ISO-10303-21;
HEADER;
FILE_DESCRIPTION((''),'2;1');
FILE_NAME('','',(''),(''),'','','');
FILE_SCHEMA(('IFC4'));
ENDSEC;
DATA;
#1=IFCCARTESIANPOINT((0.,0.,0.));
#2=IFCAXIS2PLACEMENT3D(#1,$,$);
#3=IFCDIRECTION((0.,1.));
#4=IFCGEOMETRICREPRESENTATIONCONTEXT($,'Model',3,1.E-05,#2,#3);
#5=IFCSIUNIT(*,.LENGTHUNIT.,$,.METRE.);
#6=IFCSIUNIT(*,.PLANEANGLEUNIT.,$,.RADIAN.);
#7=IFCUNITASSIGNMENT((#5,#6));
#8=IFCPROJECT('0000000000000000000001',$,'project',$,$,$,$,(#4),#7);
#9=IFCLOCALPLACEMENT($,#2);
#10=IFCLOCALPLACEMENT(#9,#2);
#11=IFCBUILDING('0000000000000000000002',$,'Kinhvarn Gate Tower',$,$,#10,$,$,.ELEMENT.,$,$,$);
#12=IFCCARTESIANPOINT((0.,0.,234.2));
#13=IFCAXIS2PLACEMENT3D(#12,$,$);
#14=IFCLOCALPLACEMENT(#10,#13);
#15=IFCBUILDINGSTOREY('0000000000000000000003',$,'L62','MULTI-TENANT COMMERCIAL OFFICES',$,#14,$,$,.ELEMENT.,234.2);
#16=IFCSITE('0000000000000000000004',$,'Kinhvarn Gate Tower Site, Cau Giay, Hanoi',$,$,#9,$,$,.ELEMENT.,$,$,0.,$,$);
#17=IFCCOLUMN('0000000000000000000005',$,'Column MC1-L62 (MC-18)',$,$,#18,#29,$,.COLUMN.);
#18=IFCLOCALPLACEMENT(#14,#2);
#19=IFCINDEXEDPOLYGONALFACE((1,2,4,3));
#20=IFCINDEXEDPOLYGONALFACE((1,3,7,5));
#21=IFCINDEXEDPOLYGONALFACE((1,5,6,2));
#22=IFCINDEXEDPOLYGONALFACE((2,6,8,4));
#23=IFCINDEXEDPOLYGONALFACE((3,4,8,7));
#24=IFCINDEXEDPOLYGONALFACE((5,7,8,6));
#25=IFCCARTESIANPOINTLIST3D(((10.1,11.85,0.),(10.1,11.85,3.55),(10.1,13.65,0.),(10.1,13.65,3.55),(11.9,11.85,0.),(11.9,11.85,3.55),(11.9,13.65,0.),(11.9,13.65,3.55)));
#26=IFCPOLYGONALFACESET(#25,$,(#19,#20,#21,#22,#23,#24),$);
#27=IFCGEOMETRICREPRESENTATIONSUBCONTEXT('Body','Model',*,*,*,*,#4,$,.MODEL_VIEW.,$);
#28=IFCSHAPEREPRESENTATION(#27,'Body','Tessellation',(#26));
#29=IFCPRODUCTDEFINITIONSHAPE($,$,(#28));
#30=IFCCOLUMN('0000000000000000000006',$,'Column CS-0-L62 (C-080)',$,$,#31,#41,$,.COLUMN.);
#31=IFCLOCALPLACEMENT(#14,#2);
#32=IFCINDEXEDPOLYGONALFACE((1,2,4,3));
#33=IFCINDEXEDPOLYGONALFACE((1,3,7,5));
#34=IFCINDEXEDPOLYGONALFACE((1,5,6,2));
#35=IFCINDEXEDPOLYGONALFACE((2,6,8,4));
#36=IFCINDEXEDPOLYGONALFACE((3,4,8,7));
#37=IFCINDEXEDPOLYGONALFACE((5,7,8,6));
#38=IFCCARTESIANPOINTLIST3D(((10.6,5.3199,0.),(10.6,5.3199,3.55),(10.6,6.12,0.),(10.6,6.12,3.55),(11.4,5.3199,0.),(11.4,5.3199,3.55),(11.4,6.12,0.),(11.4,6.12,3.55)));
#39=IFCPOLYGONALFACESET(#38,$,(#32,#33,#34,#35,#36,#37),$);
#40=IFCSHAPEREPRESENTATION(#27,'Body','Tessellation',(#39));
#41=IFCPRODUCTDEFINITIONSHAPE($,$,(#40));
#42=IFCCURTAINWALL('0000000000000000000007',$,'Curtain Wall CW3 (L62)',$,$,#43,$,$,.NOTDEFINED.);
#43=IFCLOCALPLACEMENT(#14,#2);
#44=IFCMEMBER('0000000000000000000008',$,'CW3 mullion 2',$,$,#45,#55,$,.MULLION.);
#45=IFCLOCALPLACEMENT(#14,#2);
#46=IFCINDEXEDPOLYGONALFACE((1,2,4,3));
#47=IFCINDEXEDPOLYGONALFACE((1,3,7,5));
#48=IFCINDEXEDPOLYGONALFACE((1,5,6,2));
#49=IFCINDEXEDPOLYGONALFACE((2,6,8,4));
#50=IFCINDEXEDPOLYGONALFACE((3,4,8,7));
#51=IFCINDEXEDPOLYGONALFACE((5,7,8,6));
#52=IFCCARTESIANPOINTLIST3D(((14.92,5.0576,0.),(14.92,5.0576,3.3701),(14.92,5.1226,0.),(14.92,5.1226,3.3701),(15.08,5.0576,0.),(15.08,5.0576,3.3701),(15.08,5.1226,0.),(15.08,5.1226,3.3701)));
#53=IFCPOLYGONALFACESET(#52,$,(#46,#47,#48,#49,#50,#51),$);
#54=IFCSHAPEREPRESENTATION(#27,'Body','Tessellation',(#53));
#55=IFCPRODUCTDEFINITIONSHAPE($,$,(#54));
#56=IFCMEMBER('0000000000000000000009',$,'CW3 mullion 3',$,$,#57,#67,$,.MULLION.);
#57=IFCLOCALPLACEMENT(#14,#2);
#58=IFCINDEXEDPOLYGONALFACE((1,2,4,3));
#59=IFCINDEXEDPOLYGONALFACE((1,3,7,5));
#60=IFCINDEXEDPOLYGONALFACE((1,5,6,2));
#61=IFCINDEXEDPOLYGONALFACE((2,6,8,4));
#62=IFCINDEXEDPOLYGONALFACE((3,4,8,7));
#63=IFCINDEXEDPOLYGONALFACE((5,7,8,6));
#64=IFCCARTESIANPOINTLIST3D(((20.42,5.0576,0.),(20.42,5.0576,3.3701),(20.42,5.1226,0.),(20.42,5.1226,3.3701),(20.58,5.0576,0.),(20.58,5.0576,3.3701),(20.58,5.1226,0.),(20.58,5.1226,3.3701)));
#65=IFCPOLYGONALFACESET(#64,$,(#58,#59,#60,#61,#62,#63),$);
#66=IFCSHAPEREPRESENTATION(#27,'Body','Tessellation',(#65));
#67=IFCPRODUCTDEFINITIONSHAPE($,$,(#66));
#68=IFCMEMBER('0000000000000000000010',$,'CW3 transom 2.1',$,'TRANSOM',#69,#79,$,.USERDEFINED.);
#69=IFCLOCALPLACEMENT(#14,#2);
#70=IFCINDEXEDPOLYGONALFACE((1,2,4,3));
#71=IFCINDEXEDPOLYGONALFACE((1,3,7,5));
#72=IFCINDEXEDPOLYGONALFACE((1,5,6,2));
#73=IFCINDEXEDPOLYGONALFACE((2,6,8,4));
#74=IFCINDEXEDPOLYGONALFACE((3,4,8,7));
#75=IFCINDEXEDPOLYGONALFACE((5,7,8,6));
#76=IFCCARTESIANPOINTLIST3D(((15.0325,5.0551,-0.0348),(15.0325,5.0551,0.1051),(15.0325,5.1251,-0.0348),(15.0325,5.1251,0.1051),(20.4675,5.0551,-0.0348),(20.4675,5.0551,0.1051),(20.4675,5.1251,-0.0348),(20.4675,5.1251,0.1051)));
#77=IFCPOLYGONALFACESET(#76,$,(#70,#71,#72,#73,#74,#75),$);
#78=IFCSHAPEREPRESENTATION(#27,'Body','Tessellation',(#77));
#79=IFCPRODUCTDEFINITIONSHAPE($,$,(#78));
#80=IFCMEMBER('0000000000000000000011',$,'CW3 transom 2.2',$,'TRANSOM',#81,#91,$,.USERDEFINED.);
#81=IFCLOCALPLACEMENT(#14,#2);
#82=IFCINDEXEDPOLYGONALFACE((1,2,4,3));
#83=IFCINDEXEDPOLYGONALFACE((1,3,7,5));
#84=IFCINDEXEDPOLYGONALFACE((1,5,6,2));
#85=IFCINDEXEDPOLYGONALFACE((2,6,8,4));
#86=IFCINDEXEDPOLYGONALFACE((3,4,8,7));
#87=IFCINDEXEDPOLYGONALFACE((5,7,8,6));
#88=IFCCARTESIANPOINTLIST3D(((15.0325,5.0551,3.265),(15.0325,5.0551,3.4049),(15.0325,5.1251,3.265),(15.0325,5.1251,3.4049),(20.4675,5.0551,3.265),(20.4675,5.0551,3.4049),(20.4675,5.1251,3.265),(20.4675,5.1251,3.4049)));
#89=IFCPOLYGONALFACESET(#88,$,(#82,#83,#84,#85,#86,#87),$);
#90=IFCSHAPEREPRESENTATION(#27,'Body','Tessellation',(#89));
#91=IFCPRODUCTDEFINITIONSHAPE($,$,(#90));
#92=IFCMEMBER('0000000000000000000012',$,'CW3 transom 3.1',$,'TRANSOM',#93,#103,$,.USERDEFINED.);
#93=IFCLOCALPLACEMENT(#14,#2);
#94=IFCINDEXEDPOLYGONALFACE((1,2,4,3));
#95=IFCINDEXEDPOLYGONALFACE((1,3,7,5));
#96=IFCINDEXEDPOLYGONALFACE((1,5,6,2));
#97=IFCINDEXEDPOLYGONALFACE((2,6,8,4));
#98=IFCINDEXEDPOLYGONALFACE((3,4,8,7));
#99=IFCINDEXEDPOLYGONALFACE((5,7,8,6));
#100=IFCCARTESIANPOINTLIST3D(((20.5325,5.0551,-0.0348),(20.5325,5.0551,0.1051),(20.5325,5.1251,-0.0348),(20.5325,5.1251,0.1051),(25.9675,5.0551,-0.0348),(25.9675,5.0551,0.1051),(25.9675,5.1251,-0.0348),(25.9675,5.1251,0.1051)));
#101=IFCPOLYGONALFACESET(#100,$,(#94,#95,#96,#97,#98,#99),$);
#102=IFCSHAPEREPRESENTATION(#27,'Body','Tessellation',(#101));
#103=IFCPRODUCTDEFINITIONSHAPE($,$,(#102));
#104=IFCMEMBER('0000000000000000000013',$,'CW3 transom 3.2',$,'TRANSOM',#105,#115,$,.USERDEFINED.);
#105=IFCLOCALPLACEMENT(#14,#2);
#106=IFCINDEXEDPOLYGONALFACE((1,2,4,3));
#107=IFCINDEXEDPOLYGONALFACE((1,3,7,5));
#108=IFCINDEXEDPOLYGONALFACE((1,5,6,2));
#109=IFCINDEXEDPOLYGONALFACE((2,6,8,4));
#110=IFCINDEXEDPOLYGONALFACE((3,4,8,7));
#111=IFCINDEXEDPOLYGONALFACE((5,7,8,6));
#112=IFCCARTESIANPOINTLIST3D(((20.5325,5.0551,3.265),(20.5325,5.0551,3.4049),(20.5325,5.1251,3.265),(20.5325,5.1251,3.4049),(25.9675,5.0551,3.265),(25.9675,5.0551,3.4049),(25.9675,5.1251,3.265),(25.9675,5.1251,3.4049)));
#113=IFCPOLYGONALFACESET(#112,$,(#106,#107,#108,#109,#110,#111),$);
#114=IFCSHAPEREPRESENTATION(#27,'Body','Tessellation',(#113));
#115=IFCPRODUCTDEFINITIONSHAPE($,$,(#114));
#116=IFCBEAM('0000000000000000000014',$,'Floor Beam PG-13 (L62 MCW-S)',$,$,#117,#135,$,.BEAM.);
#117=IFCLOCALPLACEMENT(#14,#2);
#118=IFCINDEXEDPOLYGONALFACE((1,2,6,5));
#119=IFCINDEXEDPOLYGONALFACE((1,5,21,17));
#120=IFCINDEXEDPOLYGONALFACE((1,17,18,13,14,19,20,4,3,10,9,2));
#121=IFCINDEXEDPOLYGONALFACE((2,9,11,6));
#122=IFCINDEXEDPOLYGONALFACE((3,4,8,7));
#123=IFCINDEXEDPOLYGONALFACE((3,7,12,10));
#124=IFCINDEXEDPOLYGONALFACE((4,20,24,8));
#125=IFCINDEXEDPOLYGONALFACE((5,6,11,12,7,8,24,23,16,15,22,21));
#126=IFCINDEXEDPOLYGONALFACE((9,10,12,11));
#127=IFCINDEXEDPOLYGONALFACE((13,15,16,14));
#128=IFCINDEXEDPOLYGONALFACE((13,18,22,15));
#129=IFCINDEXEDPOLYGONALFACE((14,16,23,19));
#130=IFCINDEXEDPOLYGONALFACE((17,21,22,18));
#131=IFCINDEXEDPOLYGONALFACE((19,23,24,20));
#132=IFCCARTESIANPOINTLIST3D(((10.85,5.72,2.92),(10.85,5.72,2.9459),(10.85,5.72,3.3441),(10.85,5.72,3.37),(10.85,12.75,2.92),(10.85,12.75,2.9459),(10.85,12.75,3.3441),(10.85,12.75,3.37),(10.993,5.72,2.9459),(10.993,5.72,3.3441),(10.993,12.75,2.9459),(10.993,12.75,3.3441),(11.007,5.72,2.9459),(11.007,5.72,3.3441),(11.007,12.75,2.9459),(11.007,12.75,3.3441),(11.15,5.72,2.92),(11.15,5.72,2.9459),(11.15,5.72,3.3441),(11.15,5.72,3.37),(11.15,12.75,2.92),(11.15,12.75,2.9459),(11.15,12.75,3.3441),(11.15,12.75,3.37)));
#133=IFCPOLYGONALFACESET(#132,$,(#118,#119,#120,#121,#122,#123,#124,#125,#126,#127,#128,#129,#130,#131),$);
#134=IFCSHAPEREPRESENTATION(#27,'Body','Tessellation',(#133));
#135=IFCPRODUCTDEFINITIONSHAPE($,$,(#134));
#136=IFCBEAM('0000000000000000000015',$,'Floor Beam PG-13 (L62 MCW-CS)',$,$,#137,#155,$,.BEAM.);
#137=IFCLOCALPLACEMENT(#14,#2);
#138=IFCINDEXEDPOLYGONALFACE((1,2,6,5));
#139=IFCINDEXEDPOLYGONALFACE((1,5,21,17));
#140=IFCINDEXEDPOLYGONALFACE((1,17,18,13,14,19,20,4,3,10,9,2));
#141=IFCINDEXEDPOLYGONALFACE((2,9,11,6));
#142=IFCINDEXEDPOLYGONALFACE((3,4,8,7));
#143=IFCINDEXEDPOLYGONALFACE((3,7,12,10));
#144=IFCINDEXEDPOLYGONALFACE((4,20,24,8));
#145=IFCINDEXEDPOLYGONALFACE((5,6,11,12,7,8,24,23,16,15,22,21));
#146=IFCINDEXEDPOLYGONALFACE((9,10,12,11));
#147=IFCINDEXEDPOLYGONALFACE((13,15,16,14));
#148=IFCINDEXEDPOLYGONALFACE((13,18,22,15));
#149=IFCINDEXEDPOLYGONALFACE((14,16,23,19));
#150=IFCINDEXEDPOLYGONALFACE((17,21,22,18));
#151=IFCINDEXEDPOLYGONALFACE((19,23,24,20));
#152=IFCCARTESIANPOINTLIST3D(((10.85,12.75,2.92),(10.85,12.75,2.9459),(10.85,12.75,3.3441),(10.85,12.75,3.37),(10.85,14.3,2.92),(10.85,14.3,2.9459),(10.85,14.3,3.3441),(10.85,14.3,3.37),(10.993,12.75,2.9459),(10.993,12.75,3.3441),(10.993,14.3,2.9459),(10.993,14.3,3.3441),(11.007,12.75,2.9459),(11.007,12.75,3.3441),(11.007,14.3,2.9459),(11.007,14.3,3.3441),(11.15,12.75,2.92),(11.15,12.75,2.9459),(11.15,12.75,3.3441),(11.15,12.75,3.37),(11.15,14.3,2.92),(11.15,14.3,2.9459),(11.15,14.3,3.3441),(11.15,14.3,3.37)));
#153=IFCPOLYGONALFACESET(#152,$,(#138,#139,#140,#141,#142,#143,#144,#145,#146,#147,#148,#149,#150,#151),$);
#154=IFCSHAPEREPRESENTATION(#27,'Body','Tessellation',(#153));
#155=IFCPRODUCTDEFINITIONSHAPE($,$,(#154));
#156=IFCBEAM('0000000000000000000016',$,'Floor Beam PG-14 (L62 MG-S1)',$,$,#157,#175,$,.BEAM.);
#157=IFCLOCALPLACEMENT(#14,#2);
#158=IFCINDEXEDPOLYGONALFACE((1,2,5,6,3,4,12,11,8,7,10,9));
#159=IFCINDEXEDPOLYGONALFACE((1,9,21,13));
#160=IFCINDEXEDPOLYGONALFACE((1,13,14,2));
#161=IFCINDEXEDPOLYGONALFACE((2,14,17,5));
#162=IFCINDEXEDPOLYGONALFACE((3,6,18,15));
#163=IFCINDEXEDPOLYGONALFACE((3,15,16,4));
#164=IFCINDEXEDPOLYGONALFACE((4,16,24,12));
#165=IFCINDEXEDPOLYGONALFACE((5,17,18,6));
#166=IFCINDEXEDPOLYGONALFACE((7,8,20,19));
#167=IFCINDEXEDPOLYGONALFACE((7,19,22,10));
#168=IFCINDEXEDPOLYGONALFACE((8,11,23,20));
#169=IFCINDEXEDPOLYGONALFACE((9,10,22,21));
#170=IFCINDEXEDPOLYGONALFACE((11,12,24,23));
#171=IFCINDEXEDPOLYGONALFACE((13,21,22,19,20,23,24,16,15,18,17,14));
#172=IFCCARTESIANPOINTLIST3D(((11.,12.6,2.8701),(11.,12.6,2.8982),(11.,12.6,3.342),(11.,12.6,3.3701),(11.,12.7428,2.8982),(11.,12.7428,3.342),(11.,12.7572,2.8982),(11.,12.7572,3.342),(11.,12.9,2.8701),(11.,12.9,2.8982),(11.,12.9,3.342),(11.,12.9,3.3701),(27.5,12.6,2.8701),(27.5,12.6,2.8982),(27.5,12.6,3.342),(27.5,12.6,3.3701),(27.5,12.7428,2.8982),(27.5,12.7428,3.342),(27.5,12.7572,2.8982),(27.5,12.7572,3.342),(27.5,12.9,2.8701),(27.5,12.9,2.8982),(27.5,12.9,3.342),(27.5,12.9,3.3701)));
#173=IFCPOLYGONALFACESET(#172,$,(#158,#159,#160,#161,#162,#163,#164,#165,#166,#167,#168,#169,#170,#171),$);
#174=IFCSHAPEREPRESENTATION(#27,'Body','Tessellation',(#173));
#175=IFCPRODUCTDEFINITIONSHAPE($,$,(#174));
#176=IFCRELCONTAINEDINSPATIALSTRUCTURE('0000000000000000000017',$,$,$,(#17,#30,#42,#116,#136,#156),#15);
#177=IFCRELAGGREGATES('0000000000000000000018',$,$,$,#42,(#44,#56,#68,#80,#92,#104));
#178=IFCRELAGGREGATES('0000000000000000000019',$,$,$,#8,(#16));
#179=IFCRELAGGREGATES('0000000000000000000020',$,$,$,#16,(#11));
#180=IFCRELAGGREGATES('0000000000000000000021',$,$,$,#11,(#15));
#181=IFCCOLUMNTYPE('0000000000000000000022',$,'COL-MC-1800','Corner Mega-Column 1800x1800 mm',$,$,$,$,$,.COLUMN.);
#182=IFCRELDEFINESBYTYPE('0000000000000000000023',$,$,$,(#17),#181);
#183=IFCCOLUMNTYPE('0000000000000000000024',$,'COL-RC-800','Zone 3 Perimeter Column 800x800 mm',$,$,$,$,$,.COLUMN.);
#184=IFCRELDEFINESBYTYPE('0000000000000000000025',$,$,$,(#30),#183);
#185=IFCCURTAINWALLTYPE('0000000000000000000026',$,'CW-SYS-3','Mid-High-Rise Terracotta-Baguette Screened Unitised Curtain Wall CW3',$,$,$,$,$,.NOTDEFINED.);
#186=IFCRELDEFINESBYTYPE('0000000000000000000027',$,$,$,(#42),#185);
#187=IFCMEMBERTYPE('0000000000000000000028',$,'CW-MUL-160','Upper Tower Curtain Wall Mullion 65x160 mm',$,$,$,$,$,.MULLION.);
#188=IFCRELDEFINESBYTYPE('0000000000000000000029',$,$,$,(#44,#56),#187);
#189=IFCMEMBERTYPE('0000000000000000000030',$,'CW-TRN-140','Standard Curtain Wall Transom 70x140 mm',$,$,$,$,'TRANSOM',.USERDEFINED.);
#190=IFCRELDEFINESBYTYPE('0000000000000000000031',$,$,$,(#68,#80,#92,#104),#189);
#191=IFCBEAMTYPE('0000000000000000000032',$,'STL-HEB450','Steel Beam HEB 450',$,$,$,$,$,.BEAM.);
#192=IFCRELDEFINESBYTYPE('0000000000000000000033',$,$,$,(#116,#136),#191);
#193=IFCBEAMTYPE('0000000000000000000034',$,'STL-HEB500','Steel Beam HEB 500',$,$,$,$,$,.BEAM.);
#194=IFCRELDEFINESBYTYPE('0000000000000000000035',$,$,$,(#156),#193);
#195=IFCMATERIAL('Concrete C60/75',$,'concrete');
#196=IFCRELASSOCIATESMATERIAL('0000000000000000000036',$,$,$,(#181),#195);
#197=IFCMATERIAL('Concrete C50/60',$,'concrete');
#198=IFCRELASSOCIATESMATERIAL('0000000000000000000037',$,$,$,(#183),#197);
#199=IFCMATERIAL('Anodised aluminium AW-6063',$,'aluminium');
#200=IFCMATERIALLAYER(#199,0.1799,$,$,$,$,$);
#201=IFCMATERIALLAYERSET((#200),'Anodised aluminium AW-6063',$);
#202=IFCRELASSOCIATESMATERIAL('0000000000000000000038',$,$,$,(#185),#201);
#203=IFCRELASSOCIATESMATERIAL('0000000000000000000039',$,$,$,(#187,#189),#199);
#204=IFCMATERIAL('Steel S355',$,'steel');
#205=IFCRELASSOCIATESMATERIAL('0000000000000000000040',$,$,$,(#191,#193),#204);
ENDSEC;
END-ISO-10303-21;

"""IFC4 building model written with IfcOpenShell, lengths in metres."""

from ifc_helpers import new_model, si_unit, direction, frame, origin, origin_2d, place, context, subcontext, project, spatial, rectangle, i_section, extrude, material, layer, layer_set, material_profile, profile_set, type_object, element, aggregate, save


model = new_model("IFC4")

# Units and contexts
model_context = context("Model", 3, precision=1e-05, world=origin(), true_north=direction((0.0, 1.0)))
body_context = subcontext(model_context, "Body", "Model", "MODEL_VIEW")
ifc_project = project(units=[si_unit("LENGTHUNIT", "METRE"), si_unit("PLANEANGLEUNIT", "RADIAN")], contexts=[model_context])

# Site, building, storey
site_placement = place(None, origin())
site = spatial("IfcSite", under=ifc_project, at=site_placement, Name="Kinhvarn Gate Tower Site, Cau Giay, Hanoi", CompositionType="ELEMENT", RefElevation=0.0)
building_placement = place(site_placement, origin())
building = spatial("IfcBuilding", under=site, at=building_placement, Name="Kinhvarn Gate Tower", CompositionType="ELEMENT")
storey_placement = place(building_placement, frame((0.0, 0.0, 234.2)))
storey = spatial("IfcBuildingStorey", under=building, at=storey_placement, Name="L62", Description="MULTI-TENANT COMMERCIAL OFFICES", CompositionType="ELEMENT", Elevation=234.2)

# Columns
ifc_material_1 = material(Name="Concrete C60/75", Category="concrete")
ifc_material_profile_1 = material_profile(ifc_material_1, rectangle(XDim=1.8, YDim=1.8, at=origin_2d()), Name="RC 1800x1800")
ifc_profile_set_1 = profile_set([ifc_material_profile_1], Name="Concrete C60/75")
column_type_1 = type_object("IfcColumnType", Name="COL-MC-1800", Description="Corner Mega-Column 1800x1800 mm", PredefinedType="COLUMN", material=ifc_profile_set_1)
column_1_placement = place(storey_placement, frame((11.0, 12.75, 0.0), z_axis=(0.0, 0.0, 1.0), x_axis=(1.0, 0.0, 0.0)))
element("IfcColumn", 1, at=column_1_placement, inside=storey, type_object=column_type_1, Name="Column MC1-L62 (MC-18)", PredefinedType="COLUMN", context=body_context, shape_type="SweptSolid", body=[
    extrude(rectangle(XDim=1.8, YDim=1.8, at=origin_2d()), origin(), (0.0, 0.0, 1.0), 3.55),
])
ifc_material_2 = material(Name="Concrete C50/60", Category="concrete")
ifc_material_profile_2 = material_profile(ifc_material_2, rectangle(XDim=0.8, YDim=0.8, at=origin_2d()), Name="RC 800x800")
ifc_profile_set_2 = profile_set([ifc_material_profile_2], Name="Concrete C50/60")
column_type_2 = type_object("IfcColumnType", Name="COL-RC-800", Description="Zone 3 Perimeter Column 800x800 mm", PredefinedType="COLUMN", material=ifc_profile_set_2)
column_2_placement = place(storey_placement, frame((11.0, 5.72, 0.0), z_axis=(0.0, 0.0, 1.0), x_axis=(1.0, 0.0, 0.0)))
element("IfcColumn", 2, at=column_2_placement, inside=storey, type_object=column_type_2, Name="Column CS-0-L62 (C-080)", PredefinedType="COLUMN", context=body_context, shape_type="SweptSolid", body=[
    extrude(rectangle(XDim=0.8, YDim=0.8, at=origin_2d()), origin(), (0.0, 0.0, 1.0), 3.55),
])

# Curtain wall, members
ifc_material_3 = material(Name="Anodised aluminium AW-6063", Category="aluminium")
ifc_layer_1 = layer(ifc_material_3, 0.1799)
ifc_layer_set_1 = layer_set([ifc_layer_1], Name="Anodised aluminium AW-6063")
curtain_wall_type = type_object("IfcCurtainWallType", Name="CW-SYS-3", Description="Mid-High-Rise Terracotta-Baguette Screened Unitised Curtain Wall CW3", PredefinedType="NOTDEFINED", material=ifc_layer_set_1)
curtain_wall_placement = place(storey_placement, origin())
curtain_wall = element("IfcCurtainWall", 3, at=curtain_wall_placement, inside=storey, type_object=curtain_wall_type, Name="Curtain Wall CW3 (L62)", PredefinedType="NOTDEFINED")
ifc_material_profile_3 = material_profile(ifc_material_3, rectangle(XDim=0.0649, YDim=0.1599, at=origin_2d()), Name="ALU 65x160")
ifc_profile_set_3 = profile_set([ifc_material_profile_3], Name="Anodised aluminium AW-6063")
member_type_1 = type_object("IfcMemberType", Name="CW-MUL-160", Description="Upper Tower Curtain Wall Mullion 65x160 mm", PredefinedType="MULLION", material=ifc_profile_set_3)
member_1_placement = place(storey_placement, frame((15.0, 5.0901, 0.0), z_axis=(0.0, 0.0, 1.0), x_axis=(0.0, 1.0, 0.0)))
member_1 = element("IfcMember", 4, at=member_1_placement, type_object=member_type_1, Name="CW3 mullion 2", PredefinedType="MULLION", context=body_context, shape_type="SweptSolid", body=[
    extrude(rectangle(XDim=0.0649, YDim=0.1599, at=origin_2d()), origin(), (0.0, 0.0, 1.0), 3.3701),
])
member_2_placement = place(storey_placement, frame((20.5, 5.0901, 0.0), z_axis=(0.0, 0.0, 1.0), x_axis=(0.0, 1.0, 0.0)))
member_2 = element("IfcMember", 5, at=member_2_placement, type_object=member_type_1, Name="CW3 mullion 3", PredefinedType="MULLION", context=body_context, shape_type="SweptSolid", body=[
    extrude(rectangle(XDim=0.0649, YDim=0.1599, at=origin_2d()), origin(), (0.0, 0.0, 1.0), 3.3701),
])
ifc_material_profile_4 = material_profile(ifc_material_3, rectangle(XDim=0.0701, YDim=0.1399, at=origin_2d()), Name="ALU 70x140")
ifc_profile_set_4 = profile_set([ifc_material_profile_4], Name="Anodised aluminium AW-6063")
member_type_2 = type_object("IfcMemberType", Name="CW-TRN-140", Description="Standard Curtain Wall Transom 70x140 mm", ElementType="TRANSOM", PredefinedType="USERDEFINED", material=ifc_profile_set_4)
member_3_placement = place(storey_placement, frame((15.0325, 5.0901, 0.0352), z_axis=(1.0, 0.0, 0.0), x_axis=(0.0, 1.0, 0.0)))
member_3 = element("IfcMember", 6, at=member_3_placement, type_object=member_type_2, Name="CW3 transom 2.1", ObjectType="TRANSOM", PredefinedType="USERDEFINED", context=body_context, shape_type="SweptSolid", body=[
    extrude(rectangle(XDim=0.0701, YDim=0.1399, at=origin_2d()), origin(), (0.0, 0.0, 1.0), 5.4351),
])
member_4_placement = place(storey_placement, frame((15.0325, 5.0901, 3.335), z_axis=(1.0, 0.0, 0.0), x_axis=(0.0, 1.0, 0.0)))
member_4 = element("IfcMember", 7, at=member_4_placement, type_object=member_type_2, Name="CW3 transom 2.2", ObjectType="TRANSOM", PredefinedType="USERDEFINED", context=body_context, shape_type="SweptSolid", body=[
    extrude(rectangle(XDim=0.0701, YDim=0.1399, at=origin_2d()), origin(), (0.0, 0.0, 1.0), 5.4351),
])
member_5_placement = place(storey_placement, frame((20.5325, 5.0901, 0.0352), z_axis=(1.0, 0.0, 0.0), x_axis=(0.0, 1.0, 0.0)))
member_5 = element("IfcMember", 8, at=member_5_placement, type_object=member_type_2, Name="CW3 transom 3.1", ObjectType="TRANSOM", PredefinedType="USERDEFINED", context=body_context, shape_type="SweptSolid", body=[
    extrude(rectangle(XDim=0.0701, YDim=0.1399, at=origin_2d()), origin(), (0.0, 0.0, 1.0), 5.4351),
])
member_6_placement = place(storey_placement, frame((20.5325, 5.0901, 3.335), z_axis=(1.0, 0.0, 0.0), x_axis=(0.0, 1.0, 0.0)))
member_6 = element("IfcMember", 9, at=member_6_placement, type_object=member_type_2, Name="CW3 transom 3.2", ObjectType="TRANSOM", PredefinedType="USERDEFINED", context=body_context, shape_type="SweptSolid", body=[
    extrude(rectangle(XDim=0.0701, YDim=0.1399, at=origin_2d()), origin(), (0.0, 0.0, 1.0), 5.4351),
])

# Beams
ifc_material_4 = material(Name="Steel S355", Category="steel")
ifc_material_profile_5 = material_profile(ifc_material_4, i_section(OverallWidth=0.3, OverallDepth=0.45, WebThickness=0.0139, FlangeThickness=0.0259, at=origin_2d()), Name="HEB 450")
ifc_profile_set_5 = profile_set([ifc_material_profile_5], Name="Steel S355")
beam_type_1 = type_object("IfcBeamType", Name="STL-HEB450", Description="Steel Beam HEB 450", PredefinedType="BEAM", material=ifc_profile_set_5)
beam_1_placement = place(storey_placement, frame((11.0, 5.72, 3.145), z_axis=(0.0, 1.0, 0.0), x_axis=(-1.0, 0.0, 0.0)))
element("IfcBeam", 10, at=beam_1_placement, inside=storey, type_object=beam_type_1, Name="Floor Beam PG-13 (L62 MCW-S)", PredefinedType="BEAM", context=body_context, shape_type="SweptSolid", body=[
    extrude(i_section(OverallWidth=0.3, OverallDepth=0.45, WebThickness=0.0139, FlangeThickness=0.0259, at=origin_2d()), origin(), (0.0, 0.0, 1.0), 7.03),
])
beam_2_placement = place(storey_placement, frame((11.0, 12.75, 3.145), z_axis=(0.0, 1.0, 0.0), x_axis=(-1.0, 0.0, 0.0)))
element("IfcBeam", 11, at=beam_2_placement, inside=storey, type_object=beam_type_1, Name="Floor Beam PG-13 (L62 MCW-CS)", PredefinedType="BEAM", context=body_context, shape_type="SweptSolid", body=[
    extrude(i_section(OverallWidth=0.3, OverallDepth=0.45, WebThickness=0.0139, FlangeThickness=0.0259, at=origin_2d()), origin(), (0.0, 0.0, 1.0), 1.55),
])
ifc_material_profile_6 = material_profile(ifc_material_4, i_section(OverallWidth=0.3, OverallDepth=0.5, WebThickness=0.0144, FlangeThickness=0.0281, at=origin_2d()), Name="HEB 500")
ifc_profile_set_6 = profile_set([ifc_material_profile_6], Name="Steel S355")
beam_type_2 = type_object("IfcBeamType", Name="STL-HEB500", Description="Steel Beam HEB 500", PredefinedType="BEAM", material=ifc_profile_set_6)
beam_3_placement = place(storey_placement, frame((11.0, 12.75, 3.1201), z_axis=(1.0, 0.0, 0.0), x_axis=(0.0, 1.0, 0.0)))
element("IfcBeam", 12, at=beam_3_placement, inside=storey, type_object=beam_type_2, Name="Floor Beam PG-14 (L62 MG-S1)", PredefinedType="BEAM", context=body_context, shape_type="SweptSolid", body=[
    extrude(i_section(OverallWidth=0.3, OverallDepth=0.5, WebThickness=0.0144, FlangeThickness=0.0281, at=origin_2d()), origin(), (0.0, 0.0, 1.0), 16.5),
])

aggregate(curtain_wall, [member_1, member_2, member_3, member_4, member_5, member_6])

save(model, "model.ifc")
